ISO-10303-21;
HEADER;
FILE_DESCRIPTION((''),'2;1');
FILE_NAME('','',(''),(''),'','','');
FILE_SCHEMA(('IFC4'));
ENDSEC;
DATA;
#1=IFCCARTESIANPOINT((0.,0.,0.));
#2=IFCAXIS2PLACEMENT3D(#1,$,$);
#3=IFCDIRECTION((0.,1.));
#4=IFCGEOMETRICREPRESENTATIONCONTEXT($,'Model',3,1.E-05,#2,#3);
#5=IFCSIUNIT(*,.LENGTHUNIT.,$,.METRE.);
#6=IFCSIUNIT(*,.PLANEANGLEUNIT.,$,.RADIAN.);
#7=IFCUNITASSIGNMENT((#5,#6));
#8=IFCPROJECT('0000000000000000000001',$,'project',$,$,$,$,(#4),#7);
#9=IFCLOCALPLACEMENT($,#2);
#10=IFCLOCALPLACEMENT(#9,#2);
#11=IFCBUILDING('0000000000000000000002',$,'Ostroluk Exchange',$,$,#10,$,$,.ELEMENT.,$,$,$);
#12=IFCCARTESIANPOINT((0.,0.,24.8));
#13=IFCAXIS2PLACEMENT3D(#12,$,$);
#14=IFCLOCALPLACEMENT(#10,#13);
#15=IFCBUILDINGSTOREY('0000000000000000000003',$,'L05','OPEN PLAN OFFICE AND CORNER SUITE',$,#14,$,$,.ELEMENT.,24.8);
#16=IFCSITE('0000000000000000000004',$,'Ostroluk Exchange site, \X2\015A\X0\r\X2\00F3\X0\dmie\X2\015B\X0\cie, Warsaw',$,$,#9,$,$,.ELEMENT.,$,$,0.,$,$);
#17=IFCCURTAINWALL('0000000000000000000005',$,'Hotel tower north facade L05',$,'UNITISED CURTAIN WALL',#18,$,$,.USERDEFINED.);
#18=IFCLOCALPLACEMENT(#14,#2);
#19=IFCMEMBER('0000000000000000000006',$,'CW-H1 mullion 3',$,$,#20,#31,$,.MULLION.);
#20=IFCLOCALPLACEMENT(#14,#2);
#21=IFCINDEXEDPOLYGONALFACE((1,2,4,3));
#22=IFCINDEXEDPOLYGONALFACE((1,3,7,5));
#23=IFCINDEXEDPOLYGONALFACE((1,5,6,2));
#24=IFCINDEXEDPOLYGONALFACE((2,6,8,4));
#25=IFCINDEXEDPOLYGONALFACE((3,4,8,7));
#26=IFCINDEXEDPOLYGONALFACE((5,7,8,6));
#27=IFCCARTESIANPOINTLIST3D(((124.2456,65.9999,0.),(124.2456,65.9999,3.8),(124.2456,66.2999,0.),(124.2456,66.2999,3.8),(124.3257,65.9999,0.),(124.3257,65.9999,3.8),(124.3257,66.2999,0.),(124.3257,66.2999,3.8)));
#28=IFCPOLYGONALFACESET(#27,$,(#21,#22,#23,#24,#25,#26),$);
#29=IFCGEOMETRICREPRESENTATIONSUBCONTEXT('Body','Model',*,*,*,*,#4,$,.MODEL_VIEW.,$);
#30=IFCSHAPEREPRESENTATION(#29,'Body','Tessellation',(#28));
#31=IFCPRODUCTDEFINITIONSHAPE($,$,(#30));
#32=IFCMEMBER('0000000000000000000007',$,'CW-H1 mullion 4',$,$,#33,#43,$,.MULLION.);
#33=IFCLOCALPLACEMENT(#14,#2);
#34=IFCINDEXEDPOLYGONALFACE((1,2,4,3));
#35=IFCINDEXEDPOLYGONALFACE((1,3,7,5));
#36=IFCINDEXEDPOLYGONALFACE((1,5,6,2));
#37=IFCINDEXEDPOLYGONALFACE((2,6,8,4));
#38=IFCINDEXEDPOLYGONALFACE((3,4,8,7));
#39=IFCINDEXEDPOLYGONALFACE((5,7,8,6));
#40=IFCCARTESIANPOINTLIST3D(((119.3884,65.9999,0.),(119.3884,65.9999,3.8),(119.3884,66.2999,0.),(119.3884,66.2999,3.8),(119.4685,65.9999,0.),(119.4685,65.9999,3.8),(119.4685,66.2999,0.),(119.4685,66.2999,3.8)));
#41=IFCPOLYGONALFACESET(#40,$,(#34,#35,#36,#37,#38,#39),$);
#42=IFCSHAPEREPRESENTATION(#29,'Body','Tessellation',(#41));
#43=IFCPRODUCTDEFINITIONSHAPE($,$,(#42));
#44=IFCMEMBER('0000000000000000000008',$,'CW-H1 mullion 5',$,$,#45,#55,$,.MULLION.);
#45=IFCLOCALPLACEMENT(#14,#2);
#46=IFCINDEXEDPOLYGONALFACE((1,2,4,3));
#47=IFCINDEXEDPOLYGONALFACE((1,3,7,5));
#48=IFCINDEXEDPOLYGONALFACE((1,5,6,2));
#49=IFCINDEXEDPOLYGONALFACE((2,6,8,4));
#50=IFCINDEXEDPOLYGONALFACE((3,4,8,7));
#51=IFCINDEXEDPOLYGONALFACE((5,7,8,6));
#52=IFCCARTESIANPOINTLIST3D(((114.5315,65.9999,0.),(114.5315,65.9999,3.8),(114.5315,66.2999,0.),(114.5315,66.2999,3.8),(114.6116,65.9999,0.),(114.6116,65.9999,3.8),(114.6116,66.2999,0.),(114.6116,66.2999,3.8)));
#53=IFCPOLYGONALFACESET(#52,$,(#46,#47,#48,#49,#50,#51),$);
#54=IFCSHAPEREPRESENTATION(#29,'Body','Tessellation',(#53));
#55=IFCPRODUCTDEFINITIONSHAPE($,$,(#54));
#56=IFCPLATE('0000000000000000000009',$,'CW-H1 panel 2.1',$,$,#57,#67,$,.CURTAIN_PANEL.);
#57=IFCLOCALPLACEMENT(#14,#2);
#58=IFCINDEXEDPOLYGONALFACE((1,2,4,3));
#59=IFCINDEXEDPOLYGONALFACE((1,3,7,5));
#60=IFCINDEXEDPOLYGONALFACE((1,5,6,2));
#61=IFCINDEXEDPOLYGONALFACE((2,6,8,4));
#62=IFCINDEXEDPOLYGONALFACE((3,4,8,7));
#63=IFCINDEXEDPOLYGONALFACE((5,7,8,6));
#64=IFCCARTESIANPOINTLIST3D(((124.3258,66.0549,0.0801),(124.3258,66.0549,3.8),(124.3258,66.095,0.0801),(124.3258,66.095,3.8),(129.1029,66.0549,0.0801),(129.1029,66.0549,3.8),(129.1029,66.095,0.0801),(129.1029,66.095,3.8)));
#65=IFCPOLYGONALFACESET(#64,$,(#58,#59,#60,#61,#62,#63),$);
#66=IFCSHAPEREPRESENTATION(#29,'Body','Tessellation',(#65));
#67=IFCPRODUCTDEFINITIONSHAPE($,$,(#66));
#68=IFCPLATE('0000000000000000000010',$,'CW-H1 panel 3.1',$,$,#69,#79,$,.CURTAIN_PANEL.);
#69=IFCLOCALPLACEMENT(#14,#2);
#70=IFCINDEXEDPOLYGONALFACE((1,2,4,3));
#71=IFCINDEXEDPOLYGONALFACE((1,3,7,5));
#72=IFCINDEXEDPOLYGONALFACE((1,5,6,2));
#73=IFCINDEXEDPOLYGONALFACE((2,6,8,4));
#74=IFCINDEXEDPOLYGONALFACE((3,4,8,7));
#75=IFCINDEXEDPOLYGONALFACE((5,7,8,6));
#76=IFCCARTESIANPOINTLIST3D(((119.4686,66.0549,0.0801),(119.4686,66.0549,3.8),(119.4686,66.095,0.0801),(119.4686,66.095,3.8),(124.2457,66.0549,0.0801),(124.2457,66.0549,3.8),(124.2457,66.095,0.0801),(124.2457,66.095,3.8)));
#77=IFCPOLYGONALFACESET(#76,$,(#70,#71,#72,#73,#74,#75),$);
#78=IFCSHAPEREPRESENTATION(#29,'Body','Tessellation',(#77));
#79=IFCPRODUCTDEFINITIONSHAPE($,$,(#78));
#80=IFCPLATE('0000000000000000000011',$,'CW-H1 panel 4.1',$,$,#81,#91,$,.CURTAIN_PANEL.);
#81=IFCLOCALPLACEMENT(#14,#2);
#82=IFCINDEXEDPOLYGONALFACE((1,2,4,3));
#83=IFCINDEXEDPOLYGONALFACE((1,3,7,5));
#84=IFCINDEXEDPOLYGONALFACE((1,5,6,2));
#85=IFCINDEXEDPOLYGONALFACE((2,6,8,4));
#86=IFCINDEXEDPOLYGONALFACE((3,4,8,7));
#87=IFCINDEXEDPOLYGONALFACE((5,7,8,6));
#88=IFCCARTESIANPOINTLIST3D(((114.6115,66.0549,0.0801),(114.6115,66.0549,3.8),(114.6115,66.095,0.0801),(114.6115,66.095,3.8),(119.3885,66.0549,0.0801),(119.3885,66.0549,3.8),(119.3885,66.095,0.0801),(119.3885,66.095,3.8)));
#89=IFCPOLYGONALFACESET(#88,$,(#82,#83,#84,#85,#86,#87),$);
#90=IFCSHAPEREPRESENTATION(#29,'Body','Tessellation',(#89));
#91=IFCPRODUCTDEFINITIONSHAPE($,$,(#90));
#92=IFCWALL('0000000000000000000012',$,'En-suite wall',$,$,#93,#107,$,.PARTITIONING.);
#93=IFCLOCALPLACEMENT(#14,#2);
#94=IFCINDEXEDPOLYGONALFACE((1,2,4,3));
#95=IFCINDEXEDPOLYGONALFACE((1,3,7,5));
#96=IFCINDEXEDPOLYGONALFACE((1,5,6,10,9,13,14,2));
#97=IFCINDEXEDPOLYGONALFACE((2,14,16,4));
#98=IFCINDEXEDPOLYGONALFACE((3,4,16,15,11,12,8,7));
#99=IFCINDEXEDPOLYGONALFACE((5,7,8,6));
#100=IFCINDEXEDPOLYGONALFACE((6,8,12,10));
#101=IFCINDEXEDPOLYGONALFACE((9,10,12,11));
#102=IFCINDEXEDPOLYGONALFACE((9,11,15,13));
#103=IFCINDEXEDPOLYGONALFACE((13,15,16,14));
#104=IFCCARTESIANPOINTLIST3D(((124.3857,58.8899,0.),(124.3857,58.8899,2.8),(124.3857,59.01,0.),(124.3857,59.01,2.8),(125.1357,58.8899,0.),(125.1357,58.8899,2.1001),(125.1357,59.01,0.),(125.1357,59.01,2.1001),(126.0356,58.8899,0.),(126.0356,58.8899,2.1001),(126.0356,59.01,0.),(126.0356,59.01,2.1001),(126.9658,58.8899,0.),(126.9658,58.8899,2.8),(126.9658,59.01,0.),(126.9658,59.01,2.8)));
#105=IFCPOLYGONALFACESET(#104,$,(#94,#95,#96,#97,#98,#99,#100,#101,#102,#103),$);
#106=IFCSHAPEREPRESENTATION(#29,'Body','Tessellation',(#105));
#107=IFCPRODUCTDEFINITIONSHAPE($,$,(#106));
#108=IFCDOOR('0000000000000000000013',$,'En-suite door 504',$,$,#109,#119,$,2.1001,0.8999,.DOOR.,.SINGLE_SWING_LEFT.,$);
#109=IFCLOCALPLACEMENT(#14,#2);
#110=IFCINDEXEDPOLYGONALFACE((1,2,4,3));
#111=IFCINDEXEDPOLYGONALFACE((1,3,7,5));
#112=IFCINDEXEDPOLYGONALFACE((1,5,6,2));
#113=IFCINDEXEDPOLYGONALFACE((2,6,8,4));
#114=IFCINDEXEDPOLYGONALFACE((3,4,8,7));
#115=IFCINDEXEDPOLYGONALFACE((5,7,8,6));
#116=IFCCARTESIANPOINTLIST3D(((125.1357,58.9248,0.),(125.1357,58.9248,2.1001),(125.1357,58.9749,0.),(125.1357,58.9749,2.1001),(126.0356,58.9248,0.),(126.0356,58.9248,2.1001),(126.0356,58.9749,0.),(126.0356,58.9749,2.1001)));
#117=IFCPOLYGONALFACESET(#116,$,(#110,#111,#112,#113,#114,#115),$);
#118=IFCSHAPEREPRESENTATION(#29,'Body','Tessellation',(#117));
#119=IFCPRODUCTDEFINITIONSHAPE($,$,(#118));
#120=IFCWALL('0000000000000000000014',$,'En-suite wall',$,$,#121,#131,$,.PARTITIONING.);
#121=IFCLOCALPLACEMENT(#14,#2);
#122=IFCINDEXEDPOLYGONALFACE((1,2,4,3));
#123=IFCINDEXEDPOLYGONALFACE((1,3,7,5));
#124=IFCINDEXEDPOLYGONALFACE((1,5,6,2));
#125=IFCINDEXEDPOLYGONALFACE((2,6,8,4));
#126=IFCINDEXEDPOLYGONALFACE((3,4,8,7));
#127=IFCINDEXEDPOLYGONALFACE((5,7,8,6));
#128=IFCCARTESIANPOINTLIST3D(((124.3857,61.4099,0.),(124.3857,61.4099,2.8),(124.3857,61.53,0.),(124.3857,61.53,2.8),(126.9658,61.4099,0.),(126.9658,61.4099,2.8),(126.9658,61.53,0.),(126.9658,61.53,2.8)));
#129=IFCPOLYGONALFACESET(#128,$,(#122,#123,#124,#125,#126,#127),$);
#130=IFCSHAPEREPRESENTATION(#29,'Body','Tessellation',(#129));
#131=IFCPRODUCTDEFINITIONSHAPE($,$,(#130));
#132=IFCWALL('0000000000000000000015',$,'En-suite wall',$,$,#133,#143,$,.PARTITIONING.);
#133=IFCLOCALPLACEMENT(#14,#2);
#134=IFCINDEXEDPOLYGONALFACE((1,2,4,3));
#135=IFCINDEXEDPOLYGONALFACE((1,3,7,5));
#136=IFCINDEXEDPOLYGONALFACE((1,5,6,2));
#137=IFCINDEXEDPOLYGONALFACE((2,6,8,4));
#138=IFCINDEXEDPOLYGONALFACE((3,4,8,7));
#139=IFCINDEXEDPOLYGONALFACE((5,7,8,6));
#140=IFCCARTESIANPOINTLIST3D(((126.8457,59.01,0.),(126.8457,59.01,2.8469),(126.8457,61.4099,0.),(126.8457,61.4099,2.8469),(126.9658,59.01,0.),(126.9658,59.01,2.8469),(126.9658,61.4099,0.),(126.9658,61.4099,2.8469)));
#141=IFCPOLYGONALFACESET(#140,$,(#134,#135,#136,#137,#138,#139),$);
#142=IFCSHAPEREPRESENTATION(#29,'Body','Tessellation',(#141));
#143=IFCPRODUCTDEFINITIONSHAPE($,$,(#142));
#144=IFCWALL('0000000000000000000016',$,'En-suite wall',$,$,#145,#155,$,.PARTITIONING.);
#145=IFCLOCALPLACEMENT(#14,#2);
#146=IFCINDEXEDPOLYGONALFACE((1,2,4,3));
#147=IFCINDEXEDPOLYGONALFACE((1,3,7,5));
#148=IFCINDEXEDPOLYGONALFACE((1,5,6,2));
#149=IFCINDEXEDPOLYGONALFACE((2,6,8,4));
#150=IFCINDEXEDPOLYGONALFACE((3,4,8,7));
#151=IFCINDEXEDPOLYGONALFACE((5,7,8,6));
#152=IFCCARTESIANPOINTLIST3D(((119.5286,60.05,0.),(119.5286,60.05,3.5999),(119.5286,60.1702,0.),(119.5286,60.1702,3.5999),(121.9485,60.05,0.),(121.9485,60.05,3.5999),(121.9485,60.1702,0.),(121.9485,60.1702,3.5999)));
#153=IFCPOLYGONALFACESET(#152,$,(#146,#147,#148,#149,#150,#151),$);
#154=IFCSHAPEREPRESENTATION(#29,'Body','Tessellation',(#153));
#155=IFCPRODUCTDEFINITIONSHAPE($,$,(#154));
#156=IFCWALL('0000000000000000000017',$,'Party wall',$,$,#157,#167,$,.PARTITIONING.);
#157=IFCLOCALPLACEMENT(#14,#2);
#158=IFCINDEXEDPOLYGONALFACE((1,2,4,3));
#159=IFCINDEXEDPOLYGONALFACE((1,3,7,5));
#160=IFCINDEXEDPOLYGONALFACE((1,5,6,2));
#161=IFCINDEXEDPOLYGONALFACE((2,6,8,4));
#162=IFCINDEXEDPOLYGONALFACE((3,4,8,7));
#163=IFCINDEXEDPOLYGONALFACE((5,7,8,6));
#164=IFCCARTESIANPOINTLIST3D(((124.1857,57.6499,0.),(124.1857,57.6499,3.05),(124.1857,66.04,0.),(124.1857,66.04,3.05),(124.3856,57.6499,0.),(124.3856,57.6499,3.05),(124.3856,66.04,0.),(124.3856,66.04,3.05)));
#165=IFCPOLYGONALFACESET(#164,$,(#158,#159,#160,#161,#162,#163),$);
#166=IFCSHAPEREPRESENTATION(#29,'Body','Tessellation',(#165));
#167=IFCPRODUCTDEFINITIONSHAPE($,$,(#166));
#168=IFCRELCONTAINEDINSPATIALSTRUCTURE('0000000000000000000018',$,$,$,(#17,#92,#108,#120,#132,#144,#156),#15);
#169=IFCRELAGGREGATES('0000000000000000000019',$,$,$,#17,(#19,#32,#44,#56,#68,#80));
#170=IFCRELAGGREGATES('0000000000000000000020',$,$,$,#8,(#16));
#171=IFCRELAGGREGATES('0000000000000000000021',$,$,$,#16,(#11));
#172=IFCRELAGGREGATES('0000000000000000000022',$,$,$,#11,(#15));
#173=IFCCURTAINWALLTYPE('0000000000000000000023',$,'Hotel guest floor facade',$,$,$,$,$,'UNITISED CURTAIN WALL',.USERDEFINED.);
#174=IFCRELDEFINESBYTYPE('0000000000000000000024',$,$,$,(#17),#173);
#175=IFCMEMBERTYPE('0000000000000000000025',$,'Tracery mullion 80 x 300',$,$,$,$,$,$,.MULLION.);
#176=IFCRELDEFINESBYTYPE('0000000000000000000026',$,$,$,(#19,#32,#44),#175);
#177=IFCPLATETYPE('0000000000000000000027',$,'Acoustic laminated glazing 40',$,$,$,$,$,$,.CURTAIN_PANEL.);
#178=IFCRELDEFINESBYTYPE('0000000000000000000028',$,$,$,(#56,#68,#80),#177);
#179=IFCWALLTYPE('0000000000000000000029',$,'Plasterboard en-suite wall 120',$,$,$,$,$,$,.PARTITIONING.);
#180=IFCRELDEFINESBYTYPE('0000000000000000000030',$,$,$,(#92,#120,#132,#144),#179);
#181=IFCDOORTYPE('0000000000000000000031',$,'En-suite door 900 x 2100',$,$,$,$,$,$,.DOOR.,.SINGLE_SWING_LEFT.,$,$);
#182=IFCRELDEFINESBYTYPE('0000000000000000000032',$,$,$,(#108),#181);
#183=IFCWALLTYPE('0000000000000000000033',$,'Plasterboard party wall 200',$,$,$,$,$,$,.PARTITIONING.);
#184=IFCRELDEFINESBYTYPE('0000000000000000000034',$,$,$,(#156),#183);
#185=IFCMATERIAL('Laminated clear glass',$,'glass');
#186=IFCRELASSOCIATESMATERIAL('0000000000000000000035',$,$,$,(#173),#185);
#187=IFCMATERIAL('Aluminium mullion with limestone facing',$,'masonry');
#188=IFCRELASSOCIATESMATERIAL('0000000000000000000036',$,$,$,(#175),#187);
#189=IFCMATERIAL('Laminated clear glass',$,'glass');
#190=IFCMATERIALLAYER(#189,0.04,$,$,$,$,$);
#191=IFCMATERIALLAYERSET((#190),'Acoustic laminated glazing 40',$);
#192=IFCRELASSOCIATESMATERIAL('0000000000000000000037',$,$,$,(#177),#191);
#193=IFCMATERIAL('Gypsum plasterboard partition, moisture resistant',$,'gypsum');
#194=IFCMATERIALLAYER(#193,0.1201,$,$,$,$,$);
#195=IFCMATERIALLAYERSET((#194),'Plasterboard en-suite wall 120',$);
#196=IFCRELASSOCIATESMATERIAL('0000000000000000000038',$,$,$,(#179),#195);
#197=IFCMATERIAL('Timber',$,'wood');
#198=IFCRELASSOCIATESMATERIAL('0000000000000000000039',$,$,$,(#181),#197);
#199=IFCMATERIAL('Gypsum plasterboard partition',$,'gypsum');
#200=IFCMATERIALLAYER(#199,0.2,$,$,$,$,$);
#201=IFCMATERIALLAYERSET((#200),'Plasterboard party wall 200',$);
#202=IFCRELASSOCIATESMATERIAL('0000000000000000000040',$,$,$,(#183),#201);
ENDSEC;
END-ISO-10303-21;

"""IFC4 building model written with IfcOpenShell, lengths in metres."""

from ifc_helpers import new_model, si_unit, direction, frame, frame_2d, origin, origin_2d, place, context, subcontext, project, spatial, rectangle, extrude, material, layer, layer_set, material_profile, profile_set, type_object, element, fill, aggregate, save


model = new_model("IFC4")

# Units and contexts
model_context = context("Model", 3, precision=1e-05, world=origin(), true_north=direction((0.0, 1.0)))
body_context = subcontext(model_context, "Body", "Model", "MODEL_VIEW")
ifc_project = project(units=[si_unit("LENGTHUNIT", "METRE"), si_unit("PLANEANGLEUNIT", "RADIAN")], contexts=[model_context])

# Site, building, storey
site_placement = place(None, origin())
site = spatial("IfcSite", under=ifc_project, at=site_placement, Name="Ostroluk Exchange site, Śródmieście, Warsaw", CompositionType="ELEMENT", RefElevation=0.0)
building_placement = place(site_placement, origin())
building = spatial("IfcBuilding", under=site, at=building_placement, Name="Ostroluk Exchange", CompositionType="ELEMENT")
storey_placement = place(building_placement, frame((0.0, 0.0, 24.8)))
storey = spatial("IfcBuildingStorey", under=building, at=storey_placement, Name="L05", Description="OPEN PLAN OFFICE AND CORNER SUITE", CompositionType="ELEMENT", Elevation=24.8)

# Curtain wall, members, plates
ifc_material_1 = material(Name="Laminated clear glass", Category="glass")
curtain_wall_type = type_object("IfcCurtainWallType", Name="Hotel guest floor facade", ElementType="UNITISED CURTAIN WALL", PredefinedType="USERDEFINED", material=ifc_material_1)
curtain_wall_placement = place(storey_placement, origin())
curtain_wall = element("IfcCurtainWall", 1, at=curtain_wall_placement, inside=storey, type_object=curtain_wall_type, Name="Hotel tower north facade L05", ObjectType="UNITISED CURTAIN WALL", PredefinedType="USERDEFINED")
ifc_material_2 = material(Name="Aluminium mullion with limestone facing", Category="masonry")
ifc_material_profile_1 = material_profile(ifc_material_2, rectangle(XDim=0.3, YDim=0.0801, at=origin_2d()), Name="Tracery mullion 80 x 300")
ifc_profile_set_1 = profile_set([ifc_material_profile_1], Name="Aluminium mullion with limestone facing")
member_type_1 = type_object("IfcMemberType", Name="Tracery mullion 80 x 300", PredefinedType="MULLION", material=ifc_profile_set_1)
member_1_placement = place(storey_placement, frame((124.2856, 66.1499, 0.0), z_axis=(0.0, 0.0, 1.0), x_axis=(0.0, -1.0, 0.0)))
member_1 = element("IfcMember", 2, at=member_1_placement, type_object=member_type_1, Name="CW-H1 mullion 3", PredefinedType="MULLION", context=body_context, shape_type="SweptSolid", body=[
    extrude(rectangle(XDim=0.3, YDim=0.0801, at=origin_2d()), origin(), (0.0, 0.0, 1.0), 3.8),
])
member_2_placement = place(storey_placement, frame((119.4285, 66.1499, 0.0), z_axis=(0.0, 0.0, 1.0), x_axis=(0.0, -1.0, 0.0)))
member_2 = element("IfcMember", 3, at=member_2_placement, type_object=member_type_1, Name="CW-H1 mullion 4", PredefinedType="MULLION", context=body_context, shape_type="SweptSolid", body=[
    extrude(rectangle(XDim=0.3, YDim=0.0801, at=origin_2d()), origin(), (0.0, 0.0, 1.0), 3.8),
])
member_3_placement = place(storey_placement, frame((114.5715, 66.1499, 0.0), z_axis=(0.0, 0.0, 1.0), x_axis=(0.0, -1.0, 0.0)))
member_3 = element("IfcMember", 4, at=member_3_placement, type_object=member_type_1, Name="CW-H1 mullion 5", PredefinedType="MULLION", context=body_context, shape_type="SweptSolid", body=[
    extrude(rectangle(XDim=0.3, YDim=0.0801, at=origin_2d()), origin(), (0.0, 0.0, 1.0), 3.8),
])
ifc_material_3 = material(Name="Laminated clear glass", Category="glass")
ifc_layer_1 = layer(ifc_material_3, 0.04)
ifc_layer_set_1 = layer_set([ifc_layer_1], Name="Acoustic laminated glazing 40")
plate_type = type_object("IfcPlateType", Name="Acoustic laminated glazing 40", PredefinedType="CURTAIN_PANEL", material=ifc_layer_set_1)
plate_1_placement = place(storey_placement, frame((126.7144, 66.075, 0.0801), z_axis=(0.0, 0.0, 1.0), x_axis=(-1.0, 0.0, 0.0)))
plate_1 = element("IfcPlate", 5, at=plate_1_placement, type_object=plate_type, Name="CW-H1 panel 2.1", PredefinedType="CURTAIN_PANEL", context=body_context, shape_type="SweptSolid", body=[
    extrude(rectangle(XDim=4.7771, YDim=0.04, at=origin_2d()), origin(), (0.0, 0.0, 1.0), 3.72),
])
plate_2_placement = place(storey_placement, frame((121.8572, 66.075, 0.0801), z_axis=(0.0, 0.0, 1.0), x_axis=(-1.0, 0.0, 0.0)))
plate_2 = element("IfcPlate", 6, at=plate_2_placement, type_object=plate_type, Name="CW-H1 panel 3.1", PredefinedType="CURTAIN_PANEL", context=body_context, shape_type="SweptSolid", body=[
    extrude(rectangle(XDim=4.7771, YDim=0.04, at=origin_2d()), origin(), (0.0, 0.0, 1.0), 3.72),
])
plate_3_placement = place(storey_placement, frame((117.0, 66.075, 0.0801), z_axis=(0.0, 0.0, 1.0), x_axis=(-1.0, 0.0, 0.0)))
plate_3 = element("IfcPlate", 7, at=plate_3_placement, type_object=plate_type, Name="CW-H1 panel 4.1", PredefinedType="CURTAIN_PANEL", context=body_context, shape_type="SweptSolid", body=[
    extrude(rectangle(XDim=4.7771, YDim=0.04, at=origin_2d()), origin(), (0.0, 0.0, 1.0), 3.72),
])
aggregate(curtain_wall, [member_1, member_2, member_3, plate_1, plate_2, plate_3])

# Wall, opening, door
ifc_material_4 = material(Name="Gypsum plasterboard partition, moisture resistant", Category="gypsum")
ifc_layer_2 = layer(ifc_material_4, 0.1201)
ifc_layer_set_2 = layer_set([ifc_layer_2], Name="Plasterboard en-suite wall 120")
wall_type_1 = type_object("IfcWallType", Name="Plasterboard en-suite wall 120", PredefinedType="PARTITIONING", material=ifc_layer_set_2)
wall_1_placement = place(storey_placement, frame((124.3857, 58.95, 0.0), z_axis=(0.0, 0.0, 1.0), x_axis=(1.0, 0.0, 0.0)))
wall_1 = element("IfcWall", 8, at=wall_1_placement, inside=storey, type_object=wall_type_1, Name="En-suite wall", PredefinedType="PARTITIONING", context=body_context, shape_type="SweptSolid", body=[
    extrude(rectangle(XDim=2.5801, YDim=0.1201, at=frame_2d((1.29, 0.0))), origin(), (0.0, 0.0, 1.0), 2.8),
])
opening_placement = place(wall_1_placement, frame((0.75, 0.0, 0.0)))
opening = element("IfcOpeningElement", 9, at=opening_placement, cuts=wall_1, PredefinedType="OPENING", context=body_context, shape_type="SweptSolid", body=[
    extrude(rectangle(XDim=0.8999, YDim=2.1001, at=frame_2d((0.45, 1.05))), frame((0.0, 0.0701, 0.0), z_axis=(0.0, -1.0, 0.0), x_axis=(1.0, 0.0, 0.0)), (0.0, 0.0, 1.0), 0.1401),
])
ifc_material_5 = material(Name="Timber", Category="wood")
door_type = type_object("IfcDoorType", Name="En-suite door 900 x 2100", OperationType="SINGLE_SWING_LEFT", PredefinedType="DOOR", material=ifc_material_5)
door_placement = place(opening_placement, origin())
door = element("IfcDoor", 10, at=door_placement, inside=storey, type_object=door_type, Name="En-suite door 504", OperationType="SINGLE_SWING_LEFT", OverallHeight=2.1001, OverallWidth=0.8999, PredefinedType="DOOR", context=body_context, shape_type="SweptSolid", body=[
    extrude(rectangle(XDim=0.8999, YDim=2.1001, at=frame_2d((0.45, 1.05))), frame((0.0, 0.0249, 0.0), z_axis=(0.0, -1.0, 0.0), x_axis=(1.0, 0.0, 0.0)), (0.0, 0.0, 1.0), 0.05),
])
fill(opening, door)

# Walls
wall_2_placement = place(storey_placement, frame((124.3857, 61.47, 0.0), z_axis=(0.0, 0.0, 1.0), x_axis=(1.0, 0.0, 0.0)))
element("IfcWall", 11, at=wall_2_placement, inside=storey, type_object=wall_type_1, Name="En-suite wall", PredefinedType="PARTITIONING", context=body_context, shape_type="SweptSolid", body=[
    extrude(rectangle(XDim=2.5801, YDim=0.1201, at=frame_2d((1.29, 0.0))), origin(), (0.0, 0.0, 1.0), 2.8),
])
wall_3_placement = place(storey_placement, frame((126.9058, 59.01, 0.0), z_axis=(0.0, 0.0, 1.0), x_axis=(0.0, 1.0, 0.0)))
element("IfcWall", 12, at=wall_3_placement, inside=storey, type_object=wall_type_1, Name="En-suite wall", PredefinedType="PARTITIONING", context=body_context, shape_type="SweptSolid", body=[
    extrude(rectangle(XDim=2.3999, YDim=0.1201, at=frame_2d((1.2, 0.0))), origin(), (0.0, 0.0, 1.0), 2.8469),
])
wall_4_placement = place(storey_placement, frame((121.9485, 60.1101, 0.0), z_axis=(0.0, 0.0, 1.0), x_axis=(-1.0, 0.0, 0.0)))
element("IfcWall", 13, at=wall_4_placement, inside=storey, type_object=wall_type_1, Name="En-suite wall", PredefinedType="PARTITIONING", context=body_context, shape_type="SweptSolid", body=[
    extrude(rectangle(XDim=2.4199, YDim=0.1201, at=frame_2d((1.21, 0.0))), origin(), (0.0, 0.0, 1.0), 3.5999),
])
ifc_material_6 = material(Name="Gypsum plasterboard partition", Category="gypsum")
ifc_layer_3 = layer(ifc_material_6, 0.2)
ifc_layer_set_3 = layer_set([ifc_layer_3], Name="Plasterboard party wall 200")
wall_type_2 = type_object("IfcWallType", Name="Plasterboard party wall 200", PredefinedType="PARTITIONING", material=ifc_layer_set_3)
wall_5_placement = place(storey_placement, frame((124.2856, 57.6499, 0.0), z_axis=(0.0, 0.0, 1.0), x_axis=(0.0, 1.0, 0.0)))
element("IfcWall", 14, at=wall_5_placement, inside=storey, type_object=wall_type_2, Name="Party wall", PredefinedType="PARTITIONING", context=body_context, shape_type="SweptSolid", body=[
    extrude(rectangle(XDim=8.3901, YDim=0.2, at=frame_2d((4.1951, 0.0))), origin(), (0.0, 0.0, 1.0), 3.05),
])

save(model, "model.ifc")
